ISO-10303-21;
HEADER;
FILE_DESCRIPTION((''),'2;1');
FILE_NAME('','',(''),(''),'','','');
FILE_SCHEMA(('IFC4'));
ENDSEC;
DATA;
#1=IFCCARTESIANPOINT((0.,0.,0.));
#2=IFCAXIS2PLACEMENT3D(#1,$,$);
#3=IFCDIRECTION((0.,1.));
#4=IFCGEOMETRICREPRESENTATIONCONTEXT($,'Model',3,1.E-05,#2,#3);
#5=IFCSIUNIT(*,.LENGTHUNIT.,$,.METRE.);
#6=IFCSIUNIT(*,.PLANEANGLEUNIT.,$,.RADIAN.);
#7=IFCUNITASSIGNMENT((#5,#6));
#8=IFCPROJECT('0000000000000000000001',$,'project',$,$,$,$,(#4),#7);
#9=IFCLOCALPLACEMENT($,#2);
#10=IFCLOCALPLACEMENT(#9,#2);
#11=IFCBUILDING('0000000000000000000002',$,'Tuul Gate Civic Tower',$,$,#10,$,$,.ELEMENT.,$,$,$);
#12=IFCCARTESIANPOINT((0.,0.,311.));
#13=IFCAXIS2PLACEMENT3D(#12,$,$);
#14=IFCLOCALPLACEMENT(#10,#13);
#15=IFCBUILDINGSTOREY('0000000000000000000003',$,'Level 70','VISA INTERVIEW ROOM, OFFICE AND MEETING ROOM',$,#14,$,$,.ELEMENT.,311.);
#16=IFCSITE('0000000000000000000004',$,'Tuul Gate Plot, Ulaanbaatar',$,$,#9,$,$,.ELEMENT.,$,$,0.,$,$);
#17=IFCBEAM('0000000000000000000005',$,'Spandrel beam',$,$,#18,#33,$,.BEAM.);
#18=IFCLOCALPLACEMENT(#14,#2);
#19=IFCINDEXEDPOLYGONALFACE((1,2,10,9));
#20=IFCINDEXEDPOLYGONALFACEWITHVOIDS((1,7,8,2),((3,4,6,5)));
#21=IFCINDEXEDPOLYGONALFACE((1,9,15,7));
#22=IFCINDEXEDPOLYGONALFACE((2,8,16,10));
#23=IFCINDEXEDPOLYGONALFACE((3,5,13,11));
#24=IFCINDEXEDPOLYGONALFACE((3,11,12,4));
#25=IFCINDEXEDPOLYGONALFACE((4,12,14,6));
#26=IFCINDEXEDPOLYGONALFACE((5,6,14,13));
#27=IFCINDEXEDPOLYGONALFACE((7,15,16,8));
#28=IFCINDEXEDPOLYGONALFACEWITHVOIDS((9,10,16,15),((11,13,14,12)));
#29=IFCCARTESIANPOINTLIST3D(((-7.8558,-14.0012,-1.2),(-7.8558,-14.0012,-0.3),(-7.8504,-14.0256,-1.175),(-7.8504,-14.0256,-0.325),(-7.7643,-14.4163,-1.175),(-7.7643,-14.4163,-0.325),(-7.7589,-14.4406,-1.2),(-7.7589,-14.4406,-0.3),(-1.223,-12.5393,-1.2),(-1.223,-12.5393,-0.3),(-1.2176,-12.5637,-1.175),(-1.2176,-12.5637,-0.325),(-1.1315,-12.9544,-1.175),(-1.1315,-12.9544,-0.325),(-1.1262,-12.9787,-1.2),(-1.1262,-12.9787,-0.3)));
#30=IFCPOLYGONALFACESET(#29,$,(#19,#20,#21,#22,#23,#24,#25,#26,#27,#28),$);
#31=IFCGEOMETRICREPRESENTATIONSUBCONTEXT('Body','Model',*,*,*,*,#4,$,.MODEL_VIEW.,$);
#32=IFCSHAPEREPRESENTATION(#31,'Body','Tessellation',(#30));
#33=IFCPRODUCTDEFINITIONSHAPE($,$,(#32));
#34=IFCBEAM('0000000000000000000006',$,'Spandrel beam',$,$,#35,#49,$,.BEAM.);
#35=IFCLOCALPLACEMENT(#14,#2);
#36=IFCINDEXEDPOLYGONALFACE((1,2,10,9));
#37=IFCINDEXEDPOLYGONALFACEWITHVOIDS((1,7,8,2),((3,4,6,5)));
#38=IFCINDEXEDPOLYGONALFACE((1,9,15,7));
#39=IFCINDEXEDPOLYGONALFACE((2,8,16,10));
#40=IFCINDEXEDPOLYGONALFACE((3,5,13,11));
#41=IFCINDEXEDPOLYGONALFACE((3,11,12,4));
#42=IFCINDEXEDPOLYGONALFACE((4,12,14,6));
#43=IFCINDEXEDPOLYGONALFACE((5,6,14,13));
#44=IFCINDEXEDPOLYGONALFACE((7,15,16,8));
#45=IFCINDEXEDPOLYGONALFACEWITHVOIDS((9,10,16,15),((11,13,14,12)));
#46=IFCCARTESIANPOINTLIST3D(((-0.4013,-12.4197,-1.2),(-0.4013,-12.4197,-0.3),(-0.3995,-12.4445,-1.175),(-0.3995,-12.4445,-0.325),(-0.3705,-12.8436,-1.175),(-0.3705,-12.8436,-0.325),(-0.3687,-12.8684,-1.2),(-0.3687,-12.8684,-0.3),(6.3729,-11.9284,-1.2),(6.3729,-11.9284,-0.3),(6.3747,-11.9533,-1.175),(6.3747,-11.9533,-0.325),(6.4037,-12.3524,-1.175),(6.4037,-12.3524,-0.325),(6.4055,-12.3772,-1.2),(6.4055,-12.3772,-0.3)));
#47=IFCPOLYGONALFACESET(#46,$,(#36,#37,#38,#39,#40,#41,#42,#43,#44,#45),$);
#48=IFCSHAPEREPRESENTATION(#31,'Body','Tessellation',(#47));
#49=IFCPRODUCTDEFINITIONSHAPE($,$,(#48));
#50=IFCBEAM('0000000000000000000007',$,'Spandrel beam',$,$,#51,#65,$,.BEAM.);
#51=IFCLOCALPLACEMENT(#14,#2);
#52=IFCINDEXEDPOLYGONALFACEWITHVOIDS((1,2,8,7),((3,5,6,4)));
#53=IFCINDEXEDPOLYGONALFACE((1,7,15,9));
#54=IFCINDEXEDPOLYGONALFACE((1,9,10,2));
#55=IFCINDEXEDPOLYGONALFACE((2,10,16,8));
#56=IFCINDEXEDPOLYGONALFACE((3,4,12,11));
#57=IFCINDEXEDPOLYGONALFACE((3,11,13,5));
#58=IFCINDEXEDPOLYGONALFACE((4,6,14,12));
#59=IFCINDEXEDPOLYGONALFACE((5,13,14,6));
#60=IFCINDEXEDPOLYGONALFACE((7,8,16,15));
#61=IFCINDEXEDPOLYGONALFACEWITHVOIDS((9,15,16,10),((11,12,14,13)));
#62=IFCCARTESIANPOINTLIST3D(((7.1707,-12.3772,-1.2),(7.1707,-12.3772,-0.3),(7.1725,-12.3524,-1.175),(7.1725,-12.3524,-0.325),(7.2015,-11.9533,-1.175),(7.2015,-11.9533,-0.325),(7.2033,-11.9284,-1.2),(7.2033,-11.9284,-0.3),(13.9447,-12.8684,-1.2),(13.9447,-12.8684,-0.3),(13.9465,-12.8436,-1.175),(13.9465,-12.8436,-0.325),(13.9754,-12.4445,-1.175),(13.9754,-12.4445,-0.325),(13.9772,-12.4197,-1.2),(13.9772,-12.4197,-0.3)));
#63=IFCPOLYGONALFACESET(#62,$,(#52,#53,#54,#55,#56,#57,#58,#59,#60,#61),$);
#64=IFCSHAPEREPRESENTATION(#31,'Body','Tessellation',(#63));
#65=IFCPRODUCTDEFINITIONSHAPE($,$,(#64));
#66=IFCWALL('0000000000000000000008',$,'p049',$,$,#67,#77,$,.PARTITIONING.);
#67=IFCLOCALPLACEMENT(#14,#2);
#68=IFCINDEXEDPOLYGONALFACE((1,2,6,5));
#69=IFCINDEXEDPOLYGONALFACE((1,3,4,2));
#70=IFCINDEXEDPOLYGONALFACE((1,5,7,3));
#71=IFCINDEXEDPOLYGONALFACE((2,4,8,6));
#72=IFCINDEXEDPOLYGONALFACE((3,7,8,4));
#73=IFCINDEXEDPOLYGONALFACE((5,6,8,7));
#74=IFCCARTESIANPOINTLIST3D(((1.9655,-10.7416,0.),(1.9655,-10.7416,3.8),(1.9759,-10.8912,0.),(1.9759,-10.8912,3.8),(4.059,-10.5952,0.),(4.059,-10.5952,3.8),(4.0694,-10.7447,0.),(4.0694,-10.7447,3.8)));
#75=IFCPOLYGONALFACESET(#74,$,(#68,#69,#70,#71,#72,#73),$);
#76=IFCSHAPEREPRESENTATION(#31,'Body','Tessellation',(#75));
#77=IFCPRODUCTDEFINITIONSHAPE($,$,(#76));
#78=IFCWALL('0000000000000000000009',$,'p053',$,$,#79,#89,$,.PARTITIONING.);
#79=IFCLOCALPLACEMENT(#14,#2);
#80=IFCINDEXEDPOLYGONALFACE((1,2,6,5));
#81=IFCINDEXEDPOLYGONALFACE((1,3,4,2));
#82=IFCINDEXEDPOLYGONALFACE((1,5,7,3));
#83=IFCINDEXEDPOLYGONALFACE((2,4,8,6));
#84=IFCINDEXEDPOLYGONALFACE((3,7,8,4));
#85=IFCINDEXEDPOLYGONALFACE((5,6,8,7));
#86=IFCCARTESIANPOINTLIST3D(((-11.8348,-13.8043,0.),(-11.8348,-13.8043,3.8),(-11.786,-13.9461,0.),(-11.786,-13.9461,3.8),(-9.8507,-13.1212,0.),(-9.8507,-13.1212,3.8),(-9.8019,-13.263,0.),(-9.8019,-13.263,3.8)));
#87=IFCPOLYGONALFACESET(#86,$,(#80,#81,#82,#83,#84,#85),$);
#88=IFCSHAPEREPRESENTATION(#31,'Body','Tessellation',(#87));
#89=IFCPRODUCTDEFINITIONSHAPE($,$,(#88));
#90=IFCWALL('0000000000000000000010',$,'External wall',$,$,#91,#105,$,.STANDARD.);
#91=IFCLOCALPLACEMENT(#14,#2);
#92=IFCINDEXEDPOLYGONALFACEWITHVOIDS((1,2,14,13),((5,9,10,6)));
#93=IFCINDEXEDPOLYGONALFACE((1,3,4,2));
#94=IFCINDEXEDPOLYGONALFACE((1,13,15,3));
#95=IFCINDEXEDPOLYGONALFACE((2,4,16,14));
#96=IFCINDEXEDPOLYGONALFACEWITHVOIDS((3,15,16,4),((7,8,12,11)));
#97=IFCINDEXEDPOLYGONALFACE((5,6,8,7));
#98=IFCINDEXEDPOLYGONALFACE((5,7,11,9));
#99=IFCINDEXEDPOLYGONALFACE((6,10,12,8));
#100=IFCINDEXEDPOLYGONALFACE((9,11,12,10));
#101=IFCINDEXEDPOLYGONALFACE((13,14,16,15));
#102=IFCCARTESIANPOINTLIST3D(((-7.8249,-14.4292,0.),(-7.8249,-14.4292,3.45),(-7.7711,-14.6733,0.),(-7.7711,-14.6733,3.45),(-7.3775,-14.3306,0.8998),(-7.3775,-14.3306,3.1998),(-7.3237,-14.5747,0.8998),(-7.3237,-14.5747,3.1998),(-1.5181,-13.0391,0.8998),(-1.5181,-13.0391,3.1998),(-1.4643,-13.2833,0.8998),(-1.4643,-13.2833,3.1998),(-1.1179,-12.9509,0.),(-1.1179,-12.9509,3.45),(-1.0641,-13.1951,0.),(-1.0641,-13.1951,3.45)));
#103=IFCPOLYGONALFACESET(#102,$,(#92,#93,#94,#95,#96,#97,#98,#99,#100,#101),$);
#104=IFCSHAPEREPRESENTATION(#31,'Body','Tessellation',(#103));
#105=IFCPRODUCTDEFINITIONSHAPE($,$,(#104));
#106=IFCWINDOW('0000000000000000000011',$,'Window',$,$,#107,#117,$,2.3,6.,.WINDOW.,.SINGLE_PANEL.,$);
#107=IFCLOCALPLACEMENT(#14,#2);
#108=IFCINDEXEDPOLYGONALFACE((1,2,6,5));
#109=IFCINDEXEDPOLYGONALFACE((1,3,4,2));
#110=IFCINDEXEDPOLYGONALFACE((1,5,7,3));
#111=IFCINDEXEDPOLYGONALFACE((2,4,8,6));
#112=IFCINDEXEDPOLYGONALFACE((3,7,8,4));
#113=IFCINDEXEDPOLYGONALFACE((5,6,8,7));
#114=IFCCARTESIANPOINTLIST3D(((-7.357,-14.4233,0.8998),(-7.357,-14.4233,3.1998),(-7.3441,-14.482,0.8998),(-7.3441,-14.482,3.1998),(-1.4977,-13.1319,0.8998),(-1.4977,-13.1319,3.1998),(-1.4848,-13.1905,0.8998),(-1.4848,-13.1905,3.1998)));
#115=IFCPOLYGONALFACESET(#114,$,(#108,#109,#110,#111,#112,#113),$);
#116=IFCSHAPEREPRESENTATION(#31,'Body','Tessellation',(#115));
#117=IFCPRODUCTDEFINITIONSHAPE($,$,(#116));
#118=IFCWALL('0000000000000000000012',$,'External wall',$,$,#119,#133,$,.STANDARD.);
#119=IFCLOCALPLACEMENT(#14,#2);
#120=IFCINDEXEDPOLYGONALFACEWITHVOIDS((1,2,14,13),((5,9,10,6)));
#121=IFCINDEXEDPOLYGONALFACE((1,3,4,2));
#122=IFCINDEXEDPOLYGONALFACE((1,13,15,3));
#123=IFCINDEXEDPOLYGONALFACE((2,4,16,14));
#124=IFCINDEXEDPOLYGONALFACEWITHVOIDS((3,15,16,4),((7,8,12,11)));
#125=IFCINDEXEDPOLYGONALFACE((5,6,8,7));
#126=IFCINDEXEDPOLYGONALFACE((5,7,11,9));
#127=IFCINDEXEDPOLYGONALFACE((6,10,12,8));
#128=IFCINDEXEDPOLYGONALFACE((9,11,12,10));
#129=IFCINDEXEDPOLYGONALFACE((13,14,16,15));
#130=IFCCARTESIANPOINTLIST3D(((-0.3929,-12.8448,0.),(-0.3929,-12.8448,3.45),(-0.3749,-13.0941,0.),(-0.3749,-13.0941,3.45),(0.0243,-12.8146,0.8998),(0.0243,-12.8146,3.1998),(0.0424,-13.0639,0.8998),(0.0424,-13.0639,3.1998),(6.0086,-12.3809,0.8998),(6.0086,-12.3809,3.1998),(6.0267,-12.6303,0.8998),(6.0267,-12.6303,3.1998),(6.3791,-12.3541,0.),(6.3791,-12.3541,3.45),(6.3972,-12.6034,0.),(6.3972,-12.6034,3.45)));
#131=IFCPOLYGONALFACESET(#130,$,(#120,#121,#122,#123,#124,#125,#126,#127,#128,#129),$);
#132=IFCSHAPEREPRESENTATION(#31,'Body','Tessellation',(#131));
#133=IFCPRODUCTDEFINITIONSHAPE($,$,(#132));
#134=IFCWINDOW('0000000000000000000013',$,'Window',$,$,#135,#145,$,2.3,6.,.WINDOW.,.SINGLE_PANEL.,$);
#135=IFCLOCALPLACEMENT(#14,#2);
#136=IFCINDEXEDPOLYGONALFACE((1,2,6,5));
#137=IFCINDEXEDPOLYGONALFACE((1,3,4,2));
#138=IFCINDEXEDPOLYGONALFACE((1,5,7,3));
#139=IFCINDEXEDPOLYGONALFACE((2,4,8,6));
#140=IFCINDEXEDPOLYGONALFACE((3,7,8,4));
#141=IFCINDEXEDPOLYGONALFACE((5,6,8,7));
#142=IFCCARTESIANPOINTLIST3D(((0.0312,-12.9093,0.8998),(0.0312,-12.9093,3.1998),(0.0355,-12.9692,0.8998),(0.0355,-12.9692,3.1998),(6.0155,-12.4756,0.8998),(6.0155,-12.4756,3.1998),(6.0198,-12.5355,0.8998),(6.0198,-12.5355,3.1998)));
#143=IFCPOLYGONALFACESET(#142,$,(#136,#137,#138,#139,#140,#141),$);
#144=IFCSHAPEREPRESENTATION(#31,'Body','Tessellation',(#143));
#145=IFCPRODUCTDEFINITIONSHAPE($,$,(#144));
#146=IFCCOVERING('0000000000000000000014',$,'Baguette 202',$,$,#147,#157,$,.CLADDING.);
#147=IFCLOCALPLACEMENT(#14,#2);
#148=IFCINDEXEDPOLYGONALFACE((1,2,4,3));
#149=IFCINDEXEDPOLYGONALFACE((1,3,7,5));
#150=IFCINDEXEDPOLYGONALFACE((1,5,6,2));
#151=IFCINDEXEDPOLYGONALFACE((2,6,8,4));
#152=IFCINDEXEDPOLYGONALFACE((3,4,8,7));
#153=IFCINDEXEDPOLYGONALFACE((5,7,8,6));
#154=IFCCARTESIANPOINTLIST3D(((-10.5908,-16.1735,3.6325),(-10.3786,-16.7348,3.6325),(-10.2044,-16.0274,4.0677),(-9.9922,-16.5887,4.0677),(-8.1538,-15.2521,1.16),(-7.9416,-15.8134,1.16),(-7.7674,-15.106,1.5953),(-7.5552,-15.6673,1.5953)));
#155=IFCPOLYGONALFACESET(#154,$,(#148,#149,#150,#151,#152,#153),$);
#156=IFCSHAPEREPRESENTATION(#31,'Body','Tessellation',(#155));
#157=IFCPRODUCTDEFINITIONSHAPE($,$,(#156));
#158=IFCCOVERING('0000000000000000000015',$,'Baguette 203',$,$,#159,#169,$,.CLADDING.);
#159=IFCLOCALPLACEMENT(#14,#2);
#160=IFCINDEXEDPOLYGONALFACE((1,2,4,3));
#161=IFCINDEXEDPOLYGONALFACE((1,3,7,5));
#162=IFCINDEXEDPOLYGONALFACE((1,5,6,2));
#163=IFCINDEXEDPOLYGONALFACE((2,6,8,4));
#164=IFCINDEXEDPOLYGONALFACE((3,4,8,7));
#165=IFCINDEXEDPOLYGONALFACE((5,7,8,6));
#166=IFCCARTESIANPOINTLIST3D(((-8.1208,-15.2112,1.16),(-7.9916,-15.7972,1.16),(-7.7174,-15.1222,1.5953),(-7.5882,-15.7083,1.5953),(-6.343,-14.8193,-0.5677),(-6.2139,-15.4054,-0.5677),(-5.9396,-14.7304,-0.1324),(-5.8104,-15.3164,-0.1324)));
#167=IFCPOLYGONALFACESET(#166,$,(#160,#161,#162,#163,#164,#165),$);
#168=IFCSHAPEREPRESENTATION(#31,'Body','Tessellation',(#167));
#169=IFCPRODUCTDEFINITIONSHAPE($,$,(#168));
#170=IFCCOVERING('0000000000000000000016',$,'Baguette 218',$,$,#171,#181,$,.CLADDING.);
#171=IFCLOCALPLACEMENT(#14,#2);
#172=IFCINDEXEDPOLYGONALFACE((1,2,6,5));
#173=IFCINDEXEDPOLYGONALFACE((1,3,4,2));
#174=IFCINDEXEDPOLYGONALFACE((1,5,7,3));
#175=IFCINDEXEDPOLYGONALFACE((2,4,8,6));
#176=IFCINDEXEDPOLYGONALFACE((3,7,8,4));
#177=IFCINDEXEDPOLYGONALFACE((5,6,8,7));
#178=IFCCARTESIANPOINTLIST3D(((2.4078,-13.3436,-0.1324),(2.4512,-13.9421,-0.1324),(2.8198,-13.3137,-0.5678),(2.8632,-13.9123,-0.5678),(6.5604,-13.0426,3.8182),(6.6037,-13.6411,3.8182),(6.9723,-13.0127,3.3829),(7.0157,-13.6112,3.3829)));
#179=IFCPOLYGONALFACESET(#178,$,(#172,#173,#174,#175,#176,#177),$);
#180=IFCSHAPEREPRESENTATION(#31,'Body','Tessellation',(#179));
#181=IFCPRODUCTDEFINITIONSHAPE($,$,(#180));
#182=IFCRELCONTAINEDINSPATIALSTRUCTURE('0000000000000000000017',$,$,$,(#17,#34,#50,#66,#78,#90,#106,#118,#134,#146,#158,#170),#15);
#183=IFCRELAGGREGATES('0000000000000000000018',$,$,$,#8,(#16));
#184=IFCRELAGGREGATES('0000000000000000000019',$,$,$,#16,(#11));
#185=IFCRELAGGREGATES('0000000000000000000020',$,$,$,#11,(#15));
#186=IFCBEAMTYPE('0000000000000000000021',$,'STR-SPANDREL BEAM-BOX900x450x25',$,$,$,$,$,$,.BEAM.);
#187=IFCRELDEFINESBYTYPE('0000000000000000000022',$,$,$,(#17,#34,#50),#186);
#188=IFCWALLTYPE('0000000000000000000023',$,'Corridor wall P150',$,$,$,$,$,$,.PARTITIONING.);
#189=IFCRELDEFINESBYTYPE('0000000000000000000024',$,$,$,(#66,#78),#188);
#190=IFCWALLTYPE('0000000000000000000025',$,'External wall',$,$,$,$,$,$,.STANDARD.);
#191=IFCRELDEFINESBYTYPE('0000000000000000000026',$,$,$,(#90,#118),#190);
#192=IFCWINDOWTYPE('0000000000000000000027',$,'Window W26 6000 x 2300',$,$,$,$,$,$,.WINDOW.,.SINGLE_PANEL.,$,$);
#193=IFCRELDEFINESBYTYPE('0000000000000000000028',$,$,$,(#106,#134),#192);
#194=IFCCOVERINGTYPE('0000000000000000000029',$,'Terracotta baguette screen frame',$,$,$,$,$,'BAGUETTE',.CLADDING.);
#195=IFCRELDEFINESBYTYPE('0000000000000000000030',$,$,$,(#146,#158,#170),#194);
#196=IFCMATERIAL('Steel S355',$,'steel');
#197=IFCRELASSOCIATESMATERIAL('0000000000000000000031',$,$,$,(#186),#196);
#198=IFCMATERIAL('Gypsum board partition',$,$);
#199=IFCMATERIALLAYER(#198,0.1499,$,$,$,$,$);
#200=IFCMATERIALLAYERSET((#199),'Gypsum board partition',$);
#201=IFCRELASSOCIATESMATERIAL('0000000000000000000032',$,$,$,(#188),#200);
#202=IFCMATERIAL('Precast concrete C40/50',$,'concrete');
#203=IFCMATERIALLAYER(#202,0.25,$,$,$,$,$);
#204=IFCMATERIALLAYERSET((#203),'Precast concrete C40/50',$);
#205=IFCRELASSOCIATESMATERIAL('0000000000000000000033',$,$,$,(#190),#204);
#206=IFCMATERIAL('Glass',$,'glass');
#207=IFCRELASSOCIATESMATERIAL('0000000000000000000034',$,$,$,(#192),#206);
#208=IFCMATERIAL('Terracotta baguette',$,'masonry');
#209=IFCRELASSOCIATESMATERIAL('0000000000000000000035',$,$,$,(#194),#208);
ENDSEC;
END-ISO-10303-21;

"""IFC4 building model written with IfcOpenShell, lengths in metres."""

from ifc_helpers import new_model, si_unit, direction, frame, frame_2d, origin, origin_2d, place, context, subcontext, project, spatial, rectangle, hollow_rectangle, extrude, material, layer, layer_set, material_profile, profile_set, type_object, element, fill, save


model = new_model("IFC4")

# Units and contexts
model_context = context("Model", 3, precision=1e-05, world=origin(), true_north=direction((0.0, 1.0)))
body_context = subcontext(model_context, "Body", "Model", "MODEL_VIEW")
ifc_project = project(units=[si_unit("LENGTHUNIT", "METRE"), si_unit("PLANEANGLEUNIT", "RADIAN")], contexts=[model_context])

# Site, building, storey
site_placement = place(None, origin())
site = spatial("IfcSite", under=ifc_project, at=site_placement, Name="Tuul Gate Plot, Ulaanbaatar", CompositionType="ELEMENT", RefElevation=0.0)
building_placement = place(site_placement, origin())
building = spatial("IfcBuilding", under=site, at=building_placement, Name="Tuul Gate Civic Tower", CompositionType="ELEMENT")
storey_placement = place(building_placement, frame((0.0, 0.0, 311.0)))
storey = spatial("IfcBuildingStorey", under=building, at=storey_placement, Name="Level 70", Description="VISA INTERVIEW ROOM, OFFICE AND MEETING ROOM", CompositionType="ELEMENT", Elevation=311.0)

# Beams
ifc_material_1 = material(Name="Steel S355", Category="steel")
ifc_material_profile_1 = material_profile(ifc_material_1, hollow_rectangle(XDim=0.45, YDim=0.8999, WallThickness=0.0249, at=origin_2d()), Name="BOX900x450x25")
ifc_profile_set_1 = profile_set([ifc_material_profile_1], Name="Steel S355")
beam_type_1 = type_object("IfcBeamType", Name="STR-SPANDREL BEAM-BOX900x450x25", PredefinedType="BEAM", material=ifc_profile_set_1)
for number, where, z_axis, x_axis, name in (
    (1, (-7.8074, -14.2209, -0.75), (0.976561, 0.21524, 0.0), (-0.21524, 0.976561, 0.0), "Spandrel beam"),
    (2, (-0.385, -12.644, -0.75), (0.997381, 0.072322, 0.0), (-0.072322, 0.997381, 0.0), "Spandrel beam"),
):
    element("IfcBeam", number, at=place(storey_placement, frame(where, z_axis=z_axis, x_axis=x_axis)), inside=storey, type_object=beam_type_1, Name=name, PredefinedType="BEAM", context=body_context, shape_type="SweptSolid", body=[
        extrude(hollow_rectangle(XDim=0.45, YDim=0.8999, WallThickness=0.0249, at=origin_2d()), origin(), (0.0, 0.0, 1.0), 6.792),
    ])
beam_1_placement = place(storey_placement, frame((7.187, -12.1528, -0.75), z_axis=(0.997381, -0.072325, 0.0), x_axis=(0.072325, 0.997381, 0.0)))
element("IfcBeam", 3, at=beam_1_placement, inside=storey, type_object=beam_type_1, Name="Spandrel beam", PredefinedType="BEAM", context=body_context, shape_type="SweptSolid", body=[
    extrude(hollow_rectangle(XDim=0.45, YDim=0.8999, WallThickness=0.0249, at=origin_2d()), origin(), (0.0, 0.0, 1.0), 6.7917),
])

# Walls
ifc_material_2 = material(Name="Gypsum board partition")
ifc_layer_1 = layer(ifc_material_2, 0.1499)
ifc_layer_set_1 = layer_set([ifc_layer_1], Name="Gypsum board partition")
wall_type_1 = type_object("IfcWallType", Name="Corridor wall P150", PredefinedType="PARTITIONING", material=ifc_layer_set_1)
wall_1_placement = place(storey_placement, frame((1.9707, -10.8164, 0.0), z_axis=(0.0, 0.0, 1.0), x_axis=(0.997561, 0.0698, 0.0)))
element("IfcWall", 4, at=wall_1_placement, inside=storey, type_object=wall_type_1, Name="p049", PredefinedType="PARTITIONING", context=body_context, shape_type="SweptSolid", body=[
    extrude(rectangle(XDim=2.0986, YDim=0.1499, at=frame_2d((1.0493, 0.0))), origin(), (0.0, 0.0, 1.0), 3.8),
])
wall_2_placement = place(storey_placement, frame((-11.8105, -13.8752, 0.0), z_axis=(0.0, 0.0, 1.0), x_axis=(0.945531, 0.325532, 0.0)))
element("IfcWall", 5, at=wall_2_placement, inside=storey, type_object=wall_type_1, Name="p053", PredefinedType="PARTITIONING", context=body_context, shape_type="SweptSolid", body=[
    extrude(rectangle(XDim=2.0984, YDim=0.1499, at=frame_2d((1.0493, 0.0))), origin(), (0.0, 0.0, 1.0), 3.8),
])

# Walls, openings, windows
ifc_material_3 = material(Name="Precast concrete C40/50", Category="concrete")
ifc_layer_2 = layer(ifc_material_3, 0.25)
ifc_layer_set_2 = layer_set([ifc_layer_2], Name="Precast concrete C40/50")
wall_type_2 = type_object("IfcWallType", Name="External wall", PredefinedType="STANDARD", material=ifc_layer_set_2)
wall_3_placement = place(storey_placement, frame((-7.7981, -14.5513, 0.0), z_axis=(0.0, 0.0, 1.0), x_axis=(0.976561, 0.21524, 0.0)))
wall_3 = element("IfcWall", 6, at=wall_3_placement, inside=storey, type_object=wall_type_2, Name="External wall", PredefinedType="STANDARD", context=body_context, shape_type="SweptSolid", body=[
    extrude(rectangle(XDim=6.8679, YDim=0.25, at=frame_2d((3.4341, 0.0))), origin(), (0.0, 0.0, 1.0), 3.45),
])
opening_1_placement = place(wall_3_placement, frame((0.4583, 0.0, 0.8999)))
opening_1 = element("IfcOpeningElement", 7, at=opening_1_placement, cuts=wall_3, PredefinedType="OPENING", context=body_context, shape_type="SweptSolid", body=[
    extrude(rectangle(XDim=6.0, YDim=2.3, at=frame_2d((3.0, 1.1499))), frame((0.0, 0.135, 0.0), z_axis=(0.0, -1.0, 0.0), x_axis=(1.0, 0.0, 0.0)), (0.0, 0.0, 1.0), 0.27),
])
ifc_material_4 = material(Name="Glass", Category="glass")
window_type = type_object("IfcWindowType", Name="Window W26 6000 x 2300", PartitioningType="SINGLE_PANEL", PredefinedType="WINDOW", material=ifc_material_4)
window_1_placement = place(opening_1_placement, origin())
window_1 = element("IfcWindow", 8, at=window_1_placement, inside=storey, type_object=window_type, Name="Window", OverallHeight=2.3, OverallWidth=6.0, PartitioningType="SINGLE_PANEL", PredefinedType="WINDOW", context=body_context, shape_type="SweptSolid", body=[
    extrude(rectangle(XDim=6.0, YDim=2.3, at=frame_2d((3.0, 1.1499))), frame((0.0, 0.03, 0.0), z_axis=(0.0, -1.0, 0.0), x_axis=(1.0, 0.0, 0.0)), (0.0, 0.0, 1.0), 0.0601),
])
fill(opening_1, window_1)
wall_4_placement = place(storey_placement, frame((-0.384, -12.9695, 0.0), z_axis=(0.0, 0.0, 1.0), x_axis=(0.997385, 0.072274, 0.0)))
wall_4 = element("IfcWall", 9, at=wall_4_placement, inside=storey, type_object=wall_type_2, Name="External wall", PredefinedType="STANDARD", context=body_context, shape_type="SweptSolid", body=[
    extrude(rectangle(XDim=6.7898, YDim=0.25, at=frame_2d((3.395, 0.0))), origin(), (0.0, 0.0, 1.0), 3.45),
])
opening_2_placement = place(wall_4_placement, frame((0.4185, 0.0, 0.8999)))
opening_2 = element("IfcOpeningElement", 10, at=opening_2_placement, cuts=wall_4, PredefinedType="OPENING", context=body_context, shape_type="SweptSolid", body=[
    extrude(rectangle(XDim=6.0, YDim=2.3, at=frame_2d((3.0, 1.1499))), frame((0.0, 0.135, 0.0), z_axis=(0.0, -1.0, 0.0), x_axis=(1.0, 0.0, 0.0)), (0.0, 0.0, 1.0), 0.27),
])
window_2_placement = place(opening_2_placement, origin())
window_2 = element("IfcWindow", 11, at=window_2_placement, inside=storey, type_object=window_type, Name="Window", OverallHeight=2.3, OverallWidth=6.0, PartitioningType="SINGLE_PANEL", PredefinedType="WINDOW", context=body_context, shape_type="SweptSolid", body=[
    extrude(rectangle(XDim=6.0, YDim=2.3, at=frame_2d((3.0, 1.1499))), frame((0.0, 0.03, 0.0), z_axis=(0.0, -1.0, 0.0), x_axis=(1.0, 0.0, 0.0)), (0.0, 0.0, 1.0), 0.0601),
])
fill(opening_2, window_2)

# Coverings
ifc_material_5 = material(Name="Terracotta baguette", Category="masonry")
ifc_material_profile_2 = material_profile(ifc_material_5, rectangle(XDim=0.6001, YDim=0.6001, at=origin_2d()), Name="Terracotta baguette screen frame")
ifc_profile_set_2 = profile_set([ifc_material_profile_2], Name="Terracotta baguette")
covering_type = type_object("IfcCoveringType", Name="Terracotta baguette screen frame", ElementType="BAGUETTE", PredefinedType="CLADDING", material=ifc_profile_set_2)
covering_1_placement = place(storey_placement, frame((-10.2915, -16.3811, 3.8501), z_axis=(0.678499, 0.256527, -0.688355), x_axis=(-0.353648, 0.935378, 0.0)))
element("IfcCovering", 12, at=covering_1_placement, inside=storey, type_object=covering_type, Name="Baguette 202", PredefinedType="CLADDING", context=body_context, shape_type="SweptSolid", body=[
    extrude(rectangle(XDim=0.6001, YDim=0.6001, at=origin_2d()), origin(), (0.0, 0.0, 1.0), 3.5918),
])
covering_2_placement = place(storey_placement, frame((-7.8545, -15.4597, 1.3777), z_axis=(0.708335, 0.156122, -0.688395), x_axis=(-0.21524, 0.976561, 0.0)))
element("IfcCovering", 13, at=covering_2_placement, inside=storey, type_object=covering_type, Name="Baguette 203", PredefinedType="CLADDING", context=body_context, shape_type="SweptSolid", body=[
    extrude(rectangle(XDim=0.6001, YDim=0.6001, at=origin_2d()), origin(), (0.0, 0.0, 1.0), 2.5098),
])
covering_3_placement = place(storey_placement, frame((2.6355, -13.6279, -0.3501), z_axis=(0.723503, 0.052448, 0.688326), x_axis=(-0.072301, 0.997383, 0.0)))
element("IfcCovering", 14, at=covering_3_placement, inside=storey, type_object=covering_type, Name="Baguette 218", PredefinedType="CLADDING", context=body_context, shape_type="SweptSolid", body=[
    extrude(rectangle(XDim=0.6001, YDim=0.6001, at=origin_2d()), origin(), (0.0, 0.0, 1.0), 5.7395),
])

save(model, "model.ifc")
